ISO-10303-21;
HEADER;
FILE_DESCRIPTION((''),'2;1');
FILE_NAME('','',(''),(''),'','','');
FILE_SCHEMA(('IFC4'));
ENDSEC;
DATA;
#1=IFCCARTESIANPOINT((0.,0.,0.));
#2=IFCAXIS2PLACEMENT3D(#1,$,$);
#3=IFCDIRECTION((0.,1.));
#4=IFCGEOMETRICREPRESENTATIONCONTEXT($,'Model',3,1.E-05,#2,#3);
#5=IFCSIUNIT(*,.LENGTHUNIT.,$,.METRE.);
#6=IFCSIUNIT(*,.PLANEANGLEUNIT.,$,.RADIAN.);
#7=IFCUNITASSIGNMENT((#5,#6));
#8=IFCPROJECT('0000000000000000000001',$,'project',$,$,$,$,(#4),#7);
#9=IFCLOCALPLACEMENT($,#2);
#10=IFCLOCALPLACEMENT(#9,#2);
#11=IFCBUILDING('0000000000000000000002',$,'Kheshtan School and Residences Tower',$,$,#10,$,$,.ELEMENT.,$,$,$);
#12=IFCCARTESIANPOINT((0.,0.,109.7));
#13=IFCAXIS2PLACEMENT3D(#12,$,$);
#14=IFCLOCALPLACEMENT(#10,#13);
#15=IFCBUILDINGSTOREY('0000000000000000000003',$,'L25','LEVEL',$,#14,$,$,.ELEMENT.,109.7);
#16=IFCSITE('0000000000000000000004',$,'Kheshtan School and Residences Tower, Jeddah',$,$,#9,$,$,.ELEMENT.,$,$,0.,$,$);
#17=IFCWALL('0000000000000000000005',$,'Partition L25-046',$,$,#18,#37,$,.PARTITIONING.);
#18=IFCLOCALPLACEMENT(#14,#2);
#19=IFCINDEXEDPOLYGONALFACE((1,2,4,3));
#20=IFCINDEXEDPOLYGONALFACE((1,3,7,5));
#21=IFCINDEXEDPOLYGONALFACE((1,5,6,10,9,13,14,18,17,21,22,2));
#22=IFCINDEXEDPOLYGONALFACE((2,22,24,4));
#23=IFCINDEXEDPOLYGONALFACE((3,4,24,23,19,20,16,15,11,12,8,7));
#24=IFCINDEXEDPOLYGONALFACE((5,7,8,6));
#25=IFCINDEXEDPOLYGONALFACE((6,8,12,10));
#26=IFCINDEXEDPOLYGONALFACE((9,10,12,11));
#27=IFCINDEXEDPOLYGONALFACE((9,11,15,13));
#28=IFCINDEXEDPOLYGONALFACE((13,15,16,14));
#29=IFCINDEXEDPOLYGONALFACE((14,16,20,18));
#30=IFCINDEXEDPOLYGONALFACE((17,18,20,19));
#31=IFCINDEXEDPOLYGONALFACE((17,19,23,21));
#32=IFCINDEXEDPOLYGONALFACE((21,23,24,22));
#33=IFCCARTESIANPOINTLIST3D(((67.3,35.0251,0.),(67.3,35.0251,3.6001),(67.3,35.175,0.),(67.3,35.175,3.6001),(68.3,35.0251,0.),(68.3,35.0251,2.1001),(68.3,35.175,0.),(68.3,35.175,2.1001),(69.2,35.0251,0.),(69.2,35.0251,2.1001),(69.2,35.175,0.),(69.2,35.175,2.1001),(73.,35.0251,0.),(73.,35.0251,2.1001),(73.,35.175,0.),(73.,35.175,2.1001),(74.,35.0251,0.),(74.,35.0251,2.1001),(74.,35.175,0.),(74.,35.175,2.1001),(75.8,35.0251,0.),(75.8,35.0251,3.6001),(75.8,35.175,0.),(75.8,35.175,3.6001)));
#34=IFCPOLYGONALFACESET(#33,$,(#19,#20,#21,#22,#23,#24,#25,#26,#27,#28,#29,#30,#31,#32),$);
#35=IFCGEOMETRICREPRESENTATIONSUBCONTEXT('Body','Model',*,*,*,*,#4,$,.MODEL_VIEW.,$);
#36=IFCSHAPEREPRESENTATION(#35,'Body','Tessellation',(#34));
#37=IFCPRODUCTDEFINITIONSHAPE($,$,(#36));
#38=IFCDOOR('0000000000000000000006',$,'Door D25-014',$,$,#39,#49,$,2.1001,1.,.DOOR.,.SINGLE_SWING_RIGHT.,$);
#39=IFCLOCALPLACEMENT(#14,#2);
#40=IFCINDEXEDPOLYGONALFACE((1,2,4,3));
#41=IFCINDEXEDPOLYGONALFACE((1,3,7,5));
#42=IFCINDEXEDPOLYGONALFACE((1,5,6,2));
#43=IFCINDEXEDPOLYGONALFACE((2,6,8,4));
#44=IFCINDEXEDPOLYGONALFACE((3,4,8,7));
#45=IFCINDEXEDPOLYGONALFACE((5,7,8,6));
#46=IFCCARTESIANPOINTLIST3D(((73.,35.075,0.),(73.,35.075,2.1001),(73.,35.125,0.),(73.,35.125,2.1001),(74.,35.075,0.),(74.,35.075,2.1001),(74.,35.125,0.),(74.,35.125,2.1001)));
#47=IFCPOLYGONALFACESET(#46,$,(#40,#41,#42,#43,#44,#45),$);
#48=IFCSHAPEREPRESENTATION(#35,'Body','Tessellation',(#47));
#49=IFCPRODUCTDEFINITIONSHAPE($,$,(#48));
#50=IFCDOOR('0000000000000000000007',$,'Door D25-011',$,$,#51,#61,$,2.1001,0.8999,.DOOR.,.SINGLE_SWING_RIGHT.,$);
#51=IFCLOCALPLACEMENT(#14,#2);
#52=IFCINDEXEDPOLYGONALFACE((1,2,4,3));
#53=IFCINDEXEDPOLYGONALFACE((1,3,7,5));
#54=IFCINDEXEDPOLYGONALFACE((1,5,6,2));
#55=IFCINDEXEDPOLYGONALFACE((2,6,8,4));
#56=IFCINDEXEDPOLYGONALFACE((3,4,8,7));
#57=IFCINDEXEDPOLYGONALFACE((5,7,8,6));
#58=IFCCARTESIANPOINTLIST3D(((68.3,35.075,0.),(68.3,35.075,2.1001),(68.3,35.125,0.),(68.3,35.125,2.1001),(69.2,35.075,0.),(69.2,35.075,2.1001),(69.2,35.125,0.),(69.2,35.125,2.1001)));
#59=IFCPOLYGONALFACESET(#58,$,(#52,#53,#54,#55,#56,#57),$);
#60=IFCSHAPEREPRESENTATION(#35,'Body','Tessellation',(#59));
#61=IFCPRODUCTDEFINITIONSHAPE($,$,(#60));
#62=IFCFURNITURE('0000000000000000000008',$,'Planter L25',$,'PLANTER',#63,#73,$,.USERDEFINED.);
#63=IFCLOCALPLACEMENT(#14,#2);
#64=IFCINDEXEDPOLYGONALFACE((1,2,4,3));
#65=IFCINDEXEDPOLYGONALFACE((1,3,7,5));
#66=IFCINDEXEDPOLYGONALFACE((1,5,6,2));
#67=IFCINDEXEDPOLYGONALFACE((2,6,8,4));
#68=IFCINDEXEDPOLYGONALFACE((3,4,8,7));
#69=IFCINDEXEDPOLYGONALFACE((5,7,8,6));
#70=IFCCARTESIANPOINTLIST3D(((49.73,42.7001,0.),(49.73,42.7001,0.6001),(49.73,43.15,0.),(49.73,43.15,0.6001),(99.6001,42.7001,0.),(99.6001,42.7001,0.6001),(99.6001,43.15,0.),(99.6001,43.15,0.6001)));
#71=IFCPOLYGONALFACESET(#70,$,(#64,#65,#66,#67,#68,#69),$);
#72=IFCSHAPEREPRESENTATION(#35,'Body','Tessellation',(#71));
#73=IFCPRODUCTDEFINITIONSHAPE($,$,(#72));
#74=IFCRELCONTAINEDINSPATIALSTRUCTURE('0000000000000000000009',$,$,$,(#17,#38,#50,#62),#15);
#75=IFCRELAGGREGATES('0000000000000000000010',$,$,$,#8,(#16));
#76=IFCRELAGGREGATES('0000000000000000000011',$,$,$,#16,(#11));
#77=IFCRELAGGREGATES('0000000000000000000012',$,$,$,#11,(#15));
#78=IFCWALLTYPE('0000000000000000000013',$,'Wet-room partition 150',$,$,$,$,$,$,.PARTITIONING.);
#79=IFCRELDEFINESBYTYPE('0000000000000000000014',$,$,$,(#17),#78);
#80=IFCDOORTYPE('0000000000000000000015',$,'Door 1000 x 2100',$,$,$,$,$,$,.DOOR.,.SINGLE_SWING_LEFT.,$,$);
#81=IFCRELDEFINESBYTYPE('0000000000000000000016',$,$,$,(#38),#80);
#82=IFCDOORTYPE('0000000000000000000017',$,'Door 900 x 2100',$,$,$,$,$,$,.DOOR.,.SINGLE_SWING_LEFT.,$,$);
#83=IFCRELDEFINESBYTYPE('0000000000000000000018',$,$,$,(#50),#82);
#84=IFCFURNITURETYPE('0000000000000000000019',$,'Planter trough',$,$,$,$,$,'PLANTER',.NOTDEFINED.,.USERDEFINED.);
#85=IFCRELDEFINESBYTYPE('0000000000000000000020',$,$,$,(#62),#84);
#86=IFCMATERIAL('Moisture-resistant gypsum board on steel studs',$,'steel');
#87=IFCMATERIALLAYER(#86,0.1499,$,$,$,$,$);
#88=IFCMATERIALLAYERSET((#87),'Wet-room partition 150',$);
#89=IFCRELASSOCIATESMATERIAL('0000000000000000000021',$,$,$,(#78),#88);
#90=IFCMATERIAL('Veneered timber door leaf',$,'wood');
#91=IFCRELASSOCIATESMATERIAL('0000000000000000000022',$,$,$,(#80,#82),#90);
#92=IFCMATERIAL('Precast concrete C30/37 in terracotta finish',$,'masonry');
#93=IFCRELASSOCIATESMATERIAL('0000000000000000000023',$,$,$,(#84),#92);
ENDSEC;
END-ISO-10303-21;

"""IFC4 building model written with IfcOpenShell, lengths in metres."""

from ifc_helpers import new_model, si_unit, direction, frame, frame_2d, origin, origin_2d, place, context, subcontext, project, spatial, rectangle, extrude, source, transform, mapped, material, layer, layer_set, type_object, element, fill, save


model = new_model("IFC4")

# Units and contexts
model_context = context("Model", 3, precision=1e-05, world=origin(), true_north=direction((0.0, 1.0)))
body_context = subcontext(model_context, "Body", "Model", "MODEL_VIEW")
ifc_project = project(units=[si_unit("LENGTHUNIT", "METRE"), si_unit("PLANEANGLEUNIT", "RADIAN")], contexts=[model_context])

# Site, building, storey
site_placement = place(None, origin())
site = spatial("IfcSite", under=ifc_project, at=site_placement, Name="Kheshtan School and Residences Tower, Jeddah", CompositionType="ELEMENT", RefElevation=0.0)
building_placement = place(site_placement, origin())
building = spatial("IfcBuilding", under=site, at=building_placement, Name="Kheshtan School and Residences Tower", CompositionType="ELEMENT")
storey_placement = place(building_placement, frame((0.0, 0.0, 109.7)))
storey = spatial("IfcBuildingStorey", under=building, at=storey_placement, Name="L25", Description="LEVEL", CompositionType="ELEMENT", Elevation=109.7)

# Wall, openings, doors
ifc_material_1 = material(Name="Moisture-resistant gypsum board on steel studs", Category="steel")
ifc_layer_1 = layer(ifc_material_1, 0.1499)
ifc_layer_set_1 = layer_set([ifc_layer_1], Name="Wet-room partition 150")
wall_type_1 = type_object("IfcWallType", Name="Wet-room partition 150", PredefinedType="PARTITIONING", material=ifc_layer_set_1)
wall_1_placement = place(storey_placement, frame((67.3, 35.1001, 0.0), z_axis=(0.0, 0.0, 1.0), x_axis=(1.0, 0.0, 0.0)))
wall_1 = element("IfcWall", 1, at=wall_1_placement, inside=storey, type_object=wall_type_1, Name="Partition L25-046", PredefinedType="PARTITIONING", context=body_context, shape_type="SweptSolid", body=[
    extrude(rectangle(XDim=8.5, YDim=0.1499, at=frame_2d((4.25, 0.0))), origin(), (0.0, 0.0, 1.0), 3.6001),
])
opening_1_placement = place(wall_1_placement, frame((1.0, 0.0, 0.0)))
opening_1 = element("IfcOpeningElement", 2, at=opening_1_placement, cuts=wall_1, PredefinedType="OPENING", context=body_context, shape_type="SweptSolid", body=[
    extrude(rectangle(XDim=0.8999, YDim=2.1001, at=frame_2d((0.45, 1.05))), frame((0.0, 0.085, 0.0), z_axis=(0.0, -1.0, 0.0), x_axis=(1.0, 0.0, 0.0)), (0.0, 0.0, 1.0), 0.1699),
])
opening_2_placement = place(wall_1_placement, frame((5.7, 0.0, 0.0)))
opening_2 = element("IfcOpeningElement", 3, at=opening_2_placement, cuts=wall_1, PredefinedType="OPENING", context=body_context, shape_type="SweptSolid", body=[
    extrude(rectangle(XDim=1.0, YDim=2.1001, at=frame_2d((0.5, 1.05))), frame((0.0, 0.085, 0.0), z_axis=(0.0, -1.0, 0.0), x_axis=(1.0, 0.0, 0.0)), (0.0, 0.0, 1.0), 0.1699),
])
ifc_material_2 = material(Name="Veneered timber door leaf", Category="wood")
door_type_1 = type_object("IfcDoorType", Name="Door 1000 x 2100", OperationType="SINGLE_SWING_LEFT", PredefinedType="DOOR", material=ifc_material_2)
shared_shape_1 = source(origin(), body_context, "Body", "SweptSolid", [
    extrude(rectangle(XDim=1.0, YDim=2.1001, at=frame_2d((0.5, 1.05))), frame((0.0, 0.0249, 0.0), z_axis=(0.0, -1.0, 0.0), x_axis=(1.0, 0.0, 0.0)), (0.0, 0.0, 1.0), 0.05),
])
door_1_placement = place(opening_2_placement, origin())
door_1 = element("IfcDoor", 4, at=door_1_placement, inside=storey, type_object=door_type_1, Name="Door D25-014", OperationType="SINGLE_SWING_RIGHT", OverallHeight=2.1001, OverallWidth=1.0, PredefinedType="DOOR", context=body_context, shape_type="MappedRepresentation", body=[
    mapped(shared_shape_1, transform((0.0, 0.0, 0.0), x_axis=(1.0, 0.0, 0.0), y_axis=(0.0, 1.0, 0.0), z_axis=(0.0, 0.0, 1.0), scale=1.0)),
])
fill(opening_2, door_1)
door_type_2 = type_object("IfcDoorType", Name="Door 900 x 2100", OperationType="SINGLE_SWING_LEFT", PredefinedType="DOOR", material=ifc_material_2)
shared_shape_2 = source(origin(), body_context, "Body", "SweptSolid", [
    extrude(rectangle(XDim=0.8999, YDim=2.1001, at=frame_2d((0.45, 1.05))), frame((0.0, 0.0249, 0.0), z_axis=(0.0, -1.0, 0.0), x_axis=(1.0, 0.0, 0.0)), (0.0, 0.0, 1.0), 0.05),
])
door_2_placement = place(opening_1_placement, origin())
door_2 = element("IfcDoor", 5, at=door_2_placement, inside=storey, type_object=door_type_2, Name="Door D25-011", OperationType="SINGLE_SWING_RIGHT", OverallHeight=2.1001, OverallWidth=0.8999, PredefinedType="DOOR", context=body_context, shape_type="MappedRepresentation", body=[
    mapped(shared_shape_2, transform((0.0, 0.0, 0.0), x_axis=(1.0, 0.0, 0.0), y_axis=(0.0, 1.0, 0.0), z_axis=(0.0, 0.0, 1.0), scale=1.0)),
])
fill(opening_1, door_2)

# Furniture
ifc_material_3 = material(Name="Precast concrete C30/37 in terracotta finish", Category="masonry")
furniture_type = type_object("IfcFurnitureType", Name="Planter trough", ElementType="PLANTER", AssemblyPlace="NOTDEFINED", PredefinedType="USERDEFINED", material=ifc_material_3)
furniture_placement = place(storey_placement, frame((74.665, 42.925, 0.0), z_axis=(0.0, 0.0, 1.0), x_axis=(1.0, 0.0, 0.0)))
element("IfcFurniture", 6, at=furniture_placement, inside=storey, type_object=furniture_type, Name="Planter L25", ObjectType="PLANTER", PredefinedType="USERDEFINED", context=body_context, shape_type="SweptSolid", body=[
    extrude(rectangle(XDim=49.8701, YDim=0.45, at=origin_2d()), origin(), (0.0, 0.0, 1.0), 0.6001),
])

save(model, "model.ifc")
